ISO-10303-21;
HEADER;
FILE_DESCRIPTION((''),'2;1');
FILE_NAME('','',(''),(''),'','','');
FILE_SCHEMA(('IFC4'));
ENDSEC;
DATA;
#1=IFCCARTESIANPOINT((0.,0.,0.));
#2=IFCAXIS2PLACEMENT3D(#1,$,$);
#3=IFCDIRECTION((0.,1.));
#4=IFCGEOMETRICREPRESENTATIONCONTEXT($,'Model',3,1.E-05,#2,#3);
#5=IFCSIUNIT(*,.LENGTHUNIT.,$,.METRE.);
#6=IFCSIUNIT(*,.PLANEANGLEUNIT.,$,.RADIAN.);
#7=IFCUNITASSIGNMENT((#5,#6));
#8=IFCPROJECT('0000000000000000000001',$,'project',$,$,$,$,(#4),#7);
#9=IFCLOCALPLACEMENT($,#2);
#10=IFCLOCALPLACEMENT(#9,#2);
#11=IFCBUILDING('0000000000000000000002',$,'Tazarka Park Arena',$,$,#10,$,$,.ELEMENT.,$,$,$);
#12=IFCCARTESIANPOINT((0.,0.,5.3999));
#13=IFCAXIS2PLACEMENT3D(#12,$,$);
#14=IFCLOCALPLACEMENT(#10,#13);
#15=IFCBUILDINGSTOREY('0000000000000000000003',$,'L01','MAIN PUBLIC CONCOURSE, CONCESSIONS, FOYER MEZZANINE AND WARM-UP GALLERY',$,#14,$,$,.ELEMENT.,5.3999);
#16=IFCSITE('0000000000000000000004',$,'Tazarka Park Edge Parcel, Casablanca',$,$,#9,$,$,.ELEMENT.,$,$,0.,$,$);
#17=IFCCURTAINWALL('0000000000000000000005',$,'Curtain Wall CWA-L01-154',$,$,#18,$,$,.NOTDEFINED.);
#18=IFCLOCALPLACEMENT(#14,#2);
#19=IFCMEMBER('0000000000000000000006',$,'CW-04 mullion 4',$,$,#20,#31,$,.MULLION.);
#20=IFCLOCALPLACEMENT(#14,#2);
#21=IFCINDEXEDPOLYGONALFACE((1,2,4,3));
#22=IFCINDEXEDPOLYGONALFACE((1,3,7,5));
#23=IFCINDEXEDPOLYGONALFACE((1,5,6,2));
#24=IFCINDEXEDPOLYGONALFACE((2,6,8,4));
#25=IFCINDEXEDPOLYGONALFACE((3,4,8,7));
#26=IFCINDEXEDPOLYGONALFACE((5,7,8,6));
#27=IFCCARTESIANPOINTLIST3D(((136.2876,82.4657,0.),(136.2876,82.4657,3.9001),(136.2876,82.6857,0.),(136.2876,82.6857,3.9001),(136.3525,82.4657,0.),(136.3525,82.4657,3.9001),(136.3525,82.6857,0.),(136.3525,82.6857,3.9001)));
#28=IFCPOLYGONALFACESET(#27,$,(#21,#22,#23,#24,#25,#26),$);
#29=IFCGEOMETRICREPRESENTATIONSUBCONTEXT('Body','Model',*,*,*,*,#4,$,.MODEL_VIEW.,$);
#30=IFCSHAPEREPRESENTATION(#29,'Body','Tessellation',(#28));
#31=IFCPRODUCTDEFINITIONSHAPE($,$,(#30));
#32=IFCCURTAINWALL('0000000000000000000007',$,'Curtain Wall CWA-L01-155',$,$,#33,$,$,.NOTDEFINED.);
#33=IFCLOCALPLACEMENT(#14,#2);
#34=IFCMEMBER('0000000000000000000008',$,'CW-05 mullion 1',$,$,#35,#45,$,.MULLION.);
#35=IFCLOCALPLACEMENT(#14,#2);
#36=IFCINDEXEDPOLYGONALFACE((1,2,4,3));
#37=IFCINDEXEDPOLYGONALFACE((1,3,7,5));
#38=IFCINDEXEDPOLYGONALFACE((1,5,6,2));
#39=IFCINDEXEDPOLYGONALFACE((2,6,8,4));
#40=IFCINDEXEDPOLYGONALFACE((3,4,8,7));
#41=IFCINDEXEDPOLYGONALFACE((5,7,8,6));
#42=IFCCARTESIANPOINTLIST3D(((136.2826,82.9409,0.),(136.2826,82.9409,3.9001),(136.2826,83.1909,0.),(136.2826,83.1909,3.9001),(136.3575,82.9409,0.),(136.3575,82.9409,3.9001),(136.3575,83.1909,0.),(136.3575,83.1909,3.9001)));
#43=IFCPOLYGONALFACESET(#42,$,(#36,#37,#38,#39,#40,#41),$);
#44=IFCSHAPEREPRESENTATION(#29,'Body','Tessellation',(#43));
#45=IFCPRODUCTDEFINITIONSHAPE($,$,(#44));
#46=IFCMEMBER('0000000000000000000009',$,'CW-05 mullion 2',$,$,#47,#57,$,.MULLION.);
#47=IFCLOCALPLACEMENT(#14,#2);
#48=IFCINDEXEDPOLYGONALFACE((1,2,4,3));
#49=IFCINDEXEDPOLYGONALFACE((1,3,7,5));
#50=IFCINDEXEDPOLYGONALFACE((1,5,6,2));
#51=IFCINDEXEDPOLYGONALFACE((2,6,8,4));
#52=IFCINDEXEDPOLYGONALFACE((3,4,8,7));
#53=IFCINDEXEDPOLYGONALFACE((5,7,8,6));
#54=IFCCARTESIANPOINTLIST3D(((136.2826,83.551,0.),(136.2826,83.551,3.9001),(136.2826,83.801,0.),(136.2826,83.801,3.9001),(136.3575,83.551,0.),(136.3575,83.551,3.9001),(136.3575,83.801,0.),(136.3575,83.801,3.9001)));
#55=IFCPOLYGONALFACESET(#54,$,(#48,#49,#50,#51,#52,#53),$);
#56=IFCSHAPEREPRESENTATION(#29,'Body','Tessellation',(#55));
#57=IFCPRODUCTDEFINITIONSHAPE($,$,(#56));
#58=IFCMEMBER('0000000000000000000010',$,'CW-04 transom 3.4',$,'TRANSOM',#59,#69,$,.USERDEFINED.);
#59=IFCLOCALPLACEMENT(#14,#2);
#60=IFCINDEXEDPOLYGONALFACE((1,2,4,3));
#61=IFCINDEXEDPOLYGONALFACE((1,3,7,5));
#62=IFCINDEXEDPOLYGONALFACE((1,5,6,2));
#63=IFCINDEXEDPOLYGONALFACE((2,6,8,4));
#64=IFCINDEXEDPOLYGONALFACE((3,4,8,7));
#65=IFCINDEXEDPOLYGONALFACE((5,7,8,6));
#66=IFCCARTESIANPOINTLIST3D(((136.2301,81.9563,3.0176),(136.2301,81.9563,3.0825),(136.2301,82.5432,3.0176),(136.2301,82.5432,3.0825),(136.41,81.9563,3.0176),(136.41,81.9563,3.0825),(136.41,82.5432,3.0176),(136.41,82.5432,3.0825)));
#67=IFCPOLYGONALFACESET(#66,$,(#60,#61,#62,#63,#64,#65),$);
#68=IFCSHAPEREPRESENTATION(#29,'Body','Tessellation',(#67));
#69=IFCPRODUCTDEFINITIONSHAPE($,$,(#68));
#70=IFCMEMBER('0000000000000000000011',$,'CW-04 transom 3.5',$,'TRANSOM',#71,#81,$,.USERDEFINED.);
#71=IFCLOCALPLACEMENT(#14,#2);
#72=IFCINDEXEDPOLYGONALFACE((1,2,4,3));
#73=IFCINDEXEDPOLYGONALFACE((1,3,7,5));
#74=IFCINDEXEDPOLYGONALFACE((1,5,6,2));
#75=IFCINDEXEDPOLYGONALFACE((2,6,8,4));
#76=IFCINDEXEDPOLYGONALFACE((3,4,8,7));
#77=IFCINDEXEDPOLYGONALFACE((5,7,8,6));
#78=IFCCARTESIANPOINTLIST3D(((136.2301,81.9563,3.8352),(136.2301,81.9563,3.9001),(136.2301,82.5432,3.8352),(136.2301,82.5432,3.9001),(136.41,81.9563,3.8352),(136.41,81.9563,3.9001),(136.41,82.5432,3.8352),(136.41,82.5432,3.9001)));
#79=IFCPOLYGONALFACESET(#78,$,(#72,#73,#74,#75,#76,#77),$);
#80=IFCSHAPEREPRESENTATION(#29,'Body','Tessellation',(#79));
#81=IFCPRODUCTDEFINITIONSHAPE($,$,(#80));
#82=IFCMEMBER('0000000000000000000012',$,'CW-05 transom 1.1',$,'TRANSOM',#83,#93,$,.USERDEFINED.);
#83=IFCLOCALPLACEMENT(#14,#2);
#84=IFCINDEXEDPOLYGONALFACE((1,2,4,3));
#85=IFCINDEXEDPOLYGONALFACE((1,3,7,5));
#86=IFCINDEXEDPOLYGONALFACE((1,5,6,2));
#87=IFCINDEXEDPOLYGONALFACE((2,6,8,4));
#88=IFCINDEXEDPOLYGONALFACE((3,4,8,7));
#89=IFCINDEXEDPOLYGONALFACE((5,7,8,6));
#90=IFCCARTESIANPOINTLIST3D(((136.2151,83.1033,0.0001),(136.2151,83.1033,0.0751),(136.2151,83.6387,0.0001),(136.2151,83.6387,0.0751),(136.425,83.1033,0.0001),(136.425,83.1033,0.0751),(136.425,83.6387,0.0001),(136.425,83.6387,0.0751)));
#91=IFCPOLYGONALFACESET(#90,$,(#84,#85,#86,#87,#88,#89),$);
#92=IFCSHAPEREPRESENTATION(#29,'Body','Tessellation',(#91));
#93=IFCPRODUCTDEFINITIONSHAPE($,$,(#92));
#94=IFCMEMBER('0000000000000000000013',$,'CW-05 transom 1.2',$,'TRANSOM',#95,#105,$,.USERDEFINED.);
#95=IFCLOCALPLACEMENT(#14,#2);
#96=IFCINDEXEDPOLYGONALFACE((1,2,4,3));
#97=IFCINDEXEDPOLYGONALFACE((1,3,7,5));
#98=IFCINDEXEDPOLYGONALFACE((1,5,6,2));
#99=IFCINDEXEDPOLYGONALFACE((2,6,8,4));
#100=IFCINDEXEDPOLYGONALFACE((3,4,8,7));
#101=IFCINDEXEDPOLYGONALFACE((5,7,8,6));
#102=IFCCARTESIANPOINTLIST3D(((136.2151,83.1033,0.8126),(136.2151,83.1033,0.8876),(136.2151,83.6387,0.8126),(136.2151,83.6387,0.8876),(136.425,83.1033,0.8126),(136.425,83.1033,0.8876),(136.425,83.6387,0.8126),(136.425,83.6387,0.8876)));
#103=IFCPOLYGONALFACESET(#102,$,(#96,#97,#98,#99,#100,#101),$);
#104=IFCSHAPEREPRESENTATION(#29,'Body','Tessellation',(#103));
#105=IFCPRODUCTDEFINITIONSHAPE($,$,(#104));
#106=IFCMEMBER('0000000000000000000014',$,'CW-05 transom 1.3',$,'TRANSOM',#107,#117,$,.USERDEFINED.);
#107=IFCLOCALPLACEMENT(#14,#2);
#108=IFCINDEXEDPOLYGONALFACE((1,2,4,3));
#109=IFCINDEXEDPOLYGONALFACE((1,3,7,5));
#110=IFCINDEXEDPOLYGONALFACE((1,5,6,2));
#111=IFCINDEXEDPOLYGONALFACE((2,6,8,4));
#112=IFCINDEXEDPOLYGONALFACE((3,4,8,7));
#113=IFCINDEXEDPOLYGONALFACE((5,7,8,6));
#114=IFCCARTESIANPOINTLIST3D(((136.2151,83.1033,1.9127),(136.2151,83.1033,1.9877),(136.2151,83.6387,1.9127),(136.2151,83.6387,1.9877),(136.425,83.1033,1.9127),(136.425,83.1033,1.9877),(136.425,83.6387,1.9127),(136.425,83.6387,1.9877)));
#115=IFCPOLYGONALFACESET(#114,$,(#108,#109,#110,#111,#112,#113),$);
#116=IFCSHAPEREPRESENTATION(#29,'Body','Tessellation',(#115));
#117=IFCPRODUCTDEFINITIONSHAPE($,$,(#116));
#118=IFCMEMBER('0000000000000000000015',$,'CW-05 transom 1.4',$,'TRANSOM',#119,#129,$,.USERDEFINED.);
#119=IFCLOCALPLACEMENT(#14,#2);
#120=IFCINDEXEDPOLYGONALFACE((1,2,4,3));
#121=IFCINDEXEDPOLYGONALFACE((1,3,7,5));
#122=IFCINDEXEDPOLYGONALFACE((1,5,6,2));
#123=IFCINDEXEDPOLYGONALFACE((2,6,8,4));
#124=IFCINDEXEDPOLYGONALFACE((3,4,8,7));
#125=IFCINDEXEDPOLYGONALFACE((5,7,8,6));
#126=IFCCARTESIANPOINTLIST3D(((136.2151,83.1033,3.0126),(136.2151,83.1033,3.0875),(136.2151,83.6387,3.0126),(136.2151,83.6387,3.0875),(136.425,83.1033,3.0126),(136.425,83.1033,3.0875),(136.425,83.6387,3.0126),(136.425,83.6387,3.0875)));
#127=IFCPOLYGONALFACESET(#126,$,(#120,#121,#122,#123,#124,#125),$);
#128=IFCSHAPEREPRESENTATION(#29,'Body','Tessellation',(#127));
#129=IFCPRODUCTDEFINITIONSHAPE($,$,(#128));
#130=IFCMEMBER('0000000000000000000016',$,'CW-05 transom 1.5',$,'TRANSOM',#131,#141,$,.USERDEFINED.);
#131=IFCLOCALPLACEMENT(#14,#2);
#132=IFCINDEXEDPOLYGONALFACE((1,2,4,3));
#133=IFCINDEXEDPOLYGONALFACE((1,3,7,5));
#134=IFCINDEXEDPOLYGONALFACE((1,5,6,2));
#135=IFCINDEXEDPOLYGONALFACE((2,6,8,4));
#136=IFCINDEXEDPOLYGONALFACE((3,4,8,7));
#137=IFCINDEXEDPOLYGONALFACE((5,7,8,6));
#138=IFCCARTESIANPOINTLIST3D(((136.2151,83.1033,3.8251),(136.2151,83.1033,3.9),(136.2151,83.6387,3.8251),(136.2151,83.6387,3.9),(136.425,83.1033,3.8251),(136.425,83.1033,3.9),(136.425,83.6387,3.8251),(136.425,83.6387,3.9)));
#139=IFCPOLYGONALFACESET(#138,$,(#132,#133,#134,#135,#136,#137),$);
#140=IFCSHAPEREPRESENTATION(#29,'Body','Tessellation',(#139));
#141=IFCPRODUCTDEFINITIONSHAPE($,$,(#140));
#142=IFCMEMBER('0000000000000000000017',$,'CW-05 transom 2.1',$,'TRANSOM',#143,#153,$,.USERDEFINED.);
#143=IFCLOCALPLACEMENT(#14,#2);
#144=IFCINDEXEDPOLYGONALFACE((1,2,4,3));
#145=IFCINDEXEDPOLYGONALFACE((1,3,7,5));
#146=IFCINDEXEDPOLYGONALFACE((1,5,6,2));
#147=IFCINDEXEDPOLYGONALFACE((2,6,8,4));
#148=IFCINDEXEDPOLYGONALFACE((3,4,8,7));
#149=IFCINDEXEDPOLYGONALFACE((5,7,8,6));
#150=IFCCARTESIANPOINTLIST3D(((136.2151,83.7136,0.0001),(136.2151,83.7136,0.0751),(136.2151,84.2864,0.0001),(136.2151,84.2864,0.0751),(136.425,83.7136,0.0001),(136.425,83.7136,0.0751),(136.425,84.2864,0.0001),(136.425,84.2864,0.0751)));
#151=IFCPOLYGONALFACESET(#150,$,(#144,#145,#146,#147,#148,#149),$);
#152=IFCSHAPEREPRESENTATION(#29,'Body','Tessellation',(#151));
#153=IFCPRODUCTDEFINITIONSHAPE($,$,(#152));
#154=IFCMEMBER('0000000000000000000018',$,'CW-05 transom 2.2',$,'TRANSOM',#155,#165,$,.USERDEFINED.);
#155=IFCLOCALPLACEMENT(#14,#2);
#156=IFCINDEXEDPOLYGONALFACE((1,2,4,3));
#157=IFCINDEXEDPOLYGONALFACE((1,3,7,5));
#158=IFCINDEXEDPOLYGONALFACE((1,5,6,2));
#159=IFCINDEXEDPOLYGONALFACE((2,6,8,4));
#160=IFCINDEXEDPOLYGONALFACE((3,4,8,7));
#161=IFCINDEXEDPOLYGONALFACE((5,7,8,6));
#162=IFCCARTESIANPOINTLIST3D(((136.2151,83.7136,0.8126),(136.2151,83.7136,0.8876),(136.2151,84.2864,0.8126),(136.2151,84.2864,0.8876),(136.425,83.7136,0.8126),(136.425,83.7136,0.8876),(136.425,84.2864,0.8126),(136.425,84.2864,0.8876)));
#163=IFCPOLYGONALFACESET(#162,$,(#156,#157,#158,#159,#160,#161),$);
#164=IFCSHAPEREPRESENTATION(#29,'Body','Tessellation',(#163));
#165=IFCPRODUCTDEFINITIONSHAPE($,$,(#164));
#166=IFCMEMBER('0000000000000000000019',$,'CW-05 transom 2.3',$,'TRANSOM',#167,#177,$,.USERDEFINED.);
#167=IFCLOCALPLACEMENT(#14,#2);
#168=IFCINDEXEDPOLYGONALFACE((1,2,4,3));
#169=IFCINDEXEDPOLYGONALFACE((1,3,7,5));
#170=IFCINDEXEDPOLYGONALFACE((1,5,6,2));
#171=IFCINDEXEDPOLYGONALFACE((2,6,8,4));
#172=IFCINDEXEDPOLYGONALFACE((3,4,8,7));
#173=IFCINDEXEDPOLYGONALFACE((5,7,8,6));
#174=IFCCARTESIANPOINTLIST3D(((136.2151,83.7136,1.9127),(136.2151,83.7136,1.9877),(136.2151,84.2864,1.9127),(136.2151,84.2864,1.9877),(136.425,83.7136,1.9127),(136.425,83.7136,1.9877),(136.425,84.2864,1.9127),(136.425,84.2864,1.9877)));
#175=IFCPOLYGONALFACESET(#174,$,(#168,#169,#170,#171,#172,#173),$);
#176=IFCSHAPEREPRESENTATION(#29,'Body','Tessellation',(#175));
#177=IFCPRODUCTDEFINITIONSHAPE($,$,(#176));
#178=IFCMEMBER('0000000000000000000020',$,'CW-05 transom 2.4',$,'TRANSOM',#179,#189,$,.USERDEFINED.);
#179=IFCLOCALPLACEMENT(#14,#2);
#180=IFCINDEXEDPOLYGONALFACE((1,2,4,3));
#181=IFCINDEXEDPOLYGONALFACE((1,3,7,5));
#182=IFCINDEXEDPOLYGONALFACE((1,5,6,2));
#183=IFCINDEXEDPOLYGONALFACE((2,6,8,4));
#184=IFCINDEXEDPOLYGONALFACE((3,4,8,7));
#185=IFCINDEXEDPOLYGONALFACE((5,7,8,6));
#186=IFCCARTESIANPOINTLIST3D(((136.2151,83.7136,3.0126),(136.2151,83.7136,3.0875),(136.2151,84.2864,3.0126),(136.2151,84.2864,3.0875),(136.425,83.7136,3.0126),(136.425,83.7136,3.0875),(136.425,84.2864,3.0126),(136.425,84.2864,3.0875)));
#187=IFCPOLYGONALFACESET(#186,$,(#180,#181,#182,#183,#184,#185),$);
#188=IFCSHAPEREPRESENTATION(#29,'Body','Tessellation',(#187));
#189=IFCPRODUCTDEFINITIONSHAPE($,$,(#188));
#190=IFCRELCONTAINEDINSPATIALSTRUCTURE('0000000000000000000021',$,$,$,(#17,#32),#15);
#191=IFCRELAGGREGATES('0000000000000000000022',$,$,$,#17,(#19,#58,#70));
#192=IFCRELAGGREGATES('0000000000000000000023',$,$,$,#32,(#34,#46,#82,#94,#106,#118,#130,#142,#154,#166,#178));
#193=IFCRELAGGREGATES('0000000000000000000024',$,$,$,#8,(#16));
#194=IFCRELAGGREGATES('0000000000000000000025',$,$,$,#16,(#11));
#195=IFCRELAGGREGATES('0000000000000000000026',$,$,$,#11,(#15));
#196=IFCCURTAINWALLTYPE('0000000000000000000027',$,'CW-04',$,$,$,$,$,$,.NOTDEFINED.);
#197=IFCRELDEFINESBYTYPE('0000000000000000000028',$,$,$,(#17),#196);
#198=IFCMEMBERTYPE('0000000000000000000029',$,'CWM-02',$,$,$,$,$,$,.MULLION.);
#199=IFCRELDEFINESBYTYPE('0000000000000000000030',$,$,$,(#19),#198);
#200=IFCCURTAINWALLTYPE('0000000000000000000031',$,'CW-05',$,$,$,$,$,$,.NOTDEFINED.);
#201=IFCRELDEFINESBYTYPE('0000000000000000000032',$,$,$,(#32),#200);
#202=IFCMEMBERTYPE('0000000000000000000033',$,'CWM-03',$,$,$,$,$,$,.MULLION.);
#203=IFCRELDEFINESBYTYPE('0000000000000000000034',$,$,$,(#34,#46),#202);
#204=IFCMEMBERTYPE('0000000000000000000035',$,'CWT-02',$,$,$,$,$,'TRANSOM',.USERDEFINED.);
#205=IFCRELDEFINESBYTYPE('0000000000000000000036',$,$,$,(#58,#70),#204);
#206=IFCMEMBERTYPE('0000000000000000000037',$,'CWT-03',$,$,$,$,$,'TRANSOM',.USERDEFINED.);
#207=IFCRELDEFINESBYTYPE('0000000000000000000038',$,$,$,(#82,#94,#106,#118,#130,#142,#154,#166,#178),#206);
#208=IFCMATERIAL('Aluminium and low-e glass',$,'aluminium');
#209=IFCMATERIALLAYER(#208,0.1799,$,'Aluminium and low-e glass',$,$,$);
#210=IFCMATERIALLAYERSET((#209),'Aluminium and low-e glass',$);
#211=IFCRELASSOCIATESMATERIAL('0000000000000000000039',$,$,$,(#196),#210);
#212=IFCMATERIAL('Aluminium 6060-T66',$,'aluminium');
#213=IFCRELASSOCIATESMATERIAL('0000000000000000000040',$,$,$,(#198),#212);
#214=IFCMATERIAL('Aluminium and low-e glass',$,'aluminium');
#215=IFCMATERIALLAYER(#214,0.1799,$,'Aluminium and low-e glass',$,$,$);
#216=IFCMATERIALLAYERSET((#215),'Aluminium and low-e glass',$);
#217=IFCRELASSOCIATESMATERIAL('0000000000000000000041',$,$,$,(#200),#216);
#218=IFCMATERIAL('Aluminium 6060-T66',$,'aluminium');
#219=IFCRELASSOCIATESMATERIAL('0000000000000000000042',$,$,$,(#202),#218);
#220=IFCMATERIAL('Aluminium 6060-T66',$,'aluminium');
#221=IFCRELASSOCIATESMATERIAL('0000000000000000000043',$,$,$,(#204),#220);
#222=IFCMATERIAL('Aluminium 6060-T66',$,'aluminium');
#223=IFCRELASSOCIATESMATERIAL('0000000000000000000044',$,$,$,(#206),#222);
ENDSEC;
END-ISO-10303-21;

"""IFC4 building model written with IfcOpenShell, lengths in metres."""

from ifc_helpers import new_model, si_unit, direction, frame, origin, origin_2d, place, context, subcontext, project, spatial, rectangle, extrude, material, layer, layer_set, material_profile, profile_set, type_object, element, aggregate, save


model = new_model("IFC4")

# Units and contexts
model_context = context("Model", 3, precision=1e-05, world=origin(), true_north=direction((0.0, 1.0)))
body_context = subcontext(model_context, "Body", "Model", "MODEL_VIEW")
ifc_project = project(units=[si_unit("LENGTHUNIT", "METRE"), si_unit("PLANEANGLEUNIT", "RADIAN")], contexts=[model_context])

# Site, building, storey
site_placement = place(None, origin())
site = spatial("IfcSite", under=ifc_project, at=site_placement, Name="Tazarka Park Edge Parcel, Casablanca", CompositionType="ELEMENT", RefElevation=0.0)
building_placement = place(site_placement, origin())
building = spatial("IfcBuilding", under=site, at=building_placement, Name="Tazarka Park Arena", CompositionType="ELEMENT")
storey_placement = place(building_placement, frame((0.0, 0.0, 5.3999)))
storey = spatial("IfcBuildingStorey", under=building, at=storey_placement, Name="L01", Description="MAIN PUBLIC CONCOURSE, CONCESSIONS, FOYER MEZZANINE AND WARM-UP GALLERY", CompositionType="ELEMENT", Elevation=5.3999)

# Curtain wall, member
ifc_material_1 = material(Name="Aluminium and low-e glass", Category="aluminium")
ifc_layer_1 = layer(ifc_material_1, 0.1799, Name="Aluminium and low-e glass")
ifc_layer_set_1 = layer_set([ifc_layer_1], Name="Aluminium and low-e glass")
curtain_wall_type_1 = type_object("IfcCurtainWallType", Name="CW-04", PredefinedType="NOTDEFINED", material=ifc_layer_set_1)
curtain_wall_1_placement = place(storey_placement, origin())
curtain_wall_1 = element("IfcCurtainWall", 1, at=curtain_wall_1_placement, inside=storey, type_object=curtain_wall_type_1, Name="Curtain Wall CWA-L01-154", PredefinedType="NOTDEFINED")
ifc_material_2 = material(Name="Aluminium 6060-T66", Category="aluminium")
ifc_material_profile_1 = material_profile(ifc_material_2, rectangle(XDim=0.0649, YDim=0.22, at=origin_2d()), Name="Aluminium 6060-T66")
ifc_profile_set_1 = profile_set([ifc_material_profile_1], Name="Aluminium 6060-T66")
member_type_1 = type_object("IfcMemberType", Name="CWM-02", PredefinedType="MULLION", material=ifc_profile_set_1)
member_1_placement = place(storey_placement, frame((136.3201, 82.5757, 0.0), z_axis=(0.0, 0.0, 1.0), x_axis=(-1.0, 0.0, 0.0)))
member_1 = element("IfcMember", 2, at=member_1_placement, type_object=member_type_1, Name="CW-04 mullion 4", PredefinedType="MULLION", context=body_context, shape_type="SweptSolid", body=[
    extrude(rectangle(XDim=0.0649, YDim=0.22, at=origin_2d()), origin(), (0.0, 0.0, 1.0), 3.9001),
])

# Curtain wall, members
ifc_material_3 = material(Name="Aluminium and low-e glass", Category="aluminium")
ifc_layer_2 = layer(ifc_material_3, 0.1799, Name="Aluminium and low-e glass")
ifc_layer_set_2 = layer_set([ifc_layer_2], Name="Aluminium and low-e glass")
curtain_wall_type_2 = type_object("IfcCurtainWallType", Name="CW-05", PredefinedType="NOTDEFINED", material=ifc_layer_set_2)
curtain_wall_2_placement = place(storey_placement, origin())
curtain_wall_2 = element("IfcCurtainWall", 3, at=curtain_wall_2_placement, inside=storey, type_object=curtain_wall_type_2, Name="Curtain Wall CWA-L01-155", PredefinedType="NOTDEFINED")
ifc_material_4 = material(Name="Aluminium 6060-T66", Category="aluminium")
ifc_material_profile_2 = material_profile(ifc_material_4, rectangle(XDim=0.075, YDim=0.25, at=origin_2d()), Name="Aluminium 6060-T66")
ifc_profile_set_2 = profile_set([ifc_material_profile_2], Name="Aluminium 6060-T66")
member_type_2 = type_object("IfcMemberType", Name="CWM-03", PredefinedType="MULLION", material=ifc_profile_set_2)
member_2_placement = place(storey_placement, frame((136.3201, 83.0659, 0.0), z_axis=(0.0, 0.0, 1.0), x_axis=(-1.0, 0.0, 0.0)))
member_2 = element("IfcMember", 4, at=member_2_placement, type_object=member_type_2, Name="CW-05 mullion 1", PredefinedType="MULLION", context=body_context, shape_type="SweptSolid", body=[
    extrude(rectangle(XDim=0.075, YDim=0.25, at=origin_2d()), origin(), (0.0, 0.0, 1.0), 3.9001),
])
member_3_placement = place(storey_placement, frame((136.3201, 83.676, 0.0), z_axis=(0.0, 0.0, 1.0), x_axis=(-1.0, 0.0, 0.0)))
member_3 = element("IfcMember", 5, at=member_3_placement, type_object=member_type_2, Name="CW-05 mullion 2", PredefinedType="MULLION", context=body_context, shape_type="SweptSolid", body=[
    extrude(rectangle(XDim=0.075, YDim=0.25, at=origin_2d()), origin(), (0.0, 0.0, 1.0), 3.9001),
])

# Members
ifc_material_5 = material(Name="Aluminium 6060-T66", Category="aluminium")
ifc_material_profile_3 = material_profile(ifc_material_5, rectangle(XDim=0.1799, YDim=0.0649, at=origin_2d()), Name="Aluminium 6060-T66")
ifc_profile_set_3 = profile_set([ifc_material_profile_3], Name="Aluminium 6060-T66")
member_type_3 = type_object("IfcMemberType", Name="CWT-02", ElementType="TRANSOM", PredefinedType="USERDEFINED", material=ifc_profile_set_3)
member_4_placement = place(storey_placement, frame((136.3201, 81.9563, 3.05), z_axis=(0.0, 1.0, 0.0), x_axis=(-1.0, 0.0, 0.0)))
member_4 = element("IfcMember", 6, at=member_4_placement, type_object=member_type_3, Name="CW-04 transom 3.4", ObjectType="TRANSOM", PredefinedType="USERDEFINED", context=body_context, shape_type="SweptSolid", body=[
    extrude(rectangle(XDim=0.1799, YDim=0.0649, at=origin_2d()), origin(), (0.0, 0.0, 1.0), 0.5869),
])
member_5_placement = place(storey_placement, frame((136.3201, 81.9563, 3.8677), z_axis=(0.0, 1.0, 0.0), x_axis=(-1.0, 0.0, 0.0)))
member_5 = element("IfcMember", 7, at=member_5_placement, type_object=member_type_3, Name="CW-04 transom 3.5", ObjectType="TRANSOM", PredefinedType="USERDEFINED", context=body_context, shape_type="SweptSolid", body=[
    extrude(rectangle(XDim=0.1799, YDim=0.0649, at=origin_2d()), origin(), (0.0, 0.0, 1.0), 0.5869),
])
ifc_material_6 = material(Name="Aluminium 6060-T66", Category="aluminium")
ifc_material_profile_4 = material_profile(ifc_material_6, rectangle(XDim=0.21, YDim=0.075, at=origin_2d()), Name="Aluminium 6060-T66")
ifc_profile_set_4 = profile_set([ifc_material_profile_4], Name="Aluminium 6060-T66")
member_type_4 = type_object("IfcMemberType", Name="CWT-03", ElementType="TRANSOM", PredefinedType="USERDEFINED", material=ifc_profile_set_4)
member_6_placement = place(storey_placement, frame((136.3201, 83.1033, 0.0376), z_axis=(0.0, 1.0, 0.0), x_axis=(-1.0, 0.0, 0.0)))
member_6 = element("IfcMember", 8, at=member_6_placement, type_object=member_type_4, Name="CW-05 transom 1.1", ObjectType="TRANSOM", PredefinedType="USERDEFINED", context=body_context, shape_type="SweptSolid", body=[
    extrude(rectangle(XDim=0.21, YDim=0.075, at=origin_2d()), origin(), (0.0, 0.0, 1.0), 0.5354),
])
member_7_placement = place(storey_placement, frame((136.3201, 83.1033, 0.8501), z_axis=(0.0, 1.0, 0.0), x_axis=(-1.0, 0.0, 0.0)))
member_7 = element("IfcMember", 9, at=member_7_placement, type_object=member_type_4, Name="CW-05 transom 1.2", ObjectType="TRANSOM", PredefinedType="USERDEFINED", context=body_context, shape_type="SweptSolid", body=[
    extrude(rectangle(XDim=0.21, YDim=0.075, at=origin_2d()), origin(), (0.0, 0.0, 1.0), 0.5354),
])
member_8_placement = place(storey_placement, frame((136.3201, 83.1033, 1.9502), z_axis=(0.0, 1.0, 0.0), x_axis=(-1.0, 0.0, 0.0)))
member_8 = element("IfcMember", 10, at=member_8_placement, type_object=member_type_4, Name="CW-05 transom 1.3", ObjectType="TRANSOM", PredefinedType="USERDEFINED", context=body_context, shape_type="SweptSolid", body=[
    extrude(rectangle(XDim=0.21, YDim=0.075, at=origin_2d()), origin(), (0.0, 0.0, 1.0), 0.5354),
])
member_9_placement = place(storey_placement, frame((136.3201, 83.1033, 3.05), z_axis=(0.0, 1.0, 0.0), x_axis=(-1.0, 0.0, 0.0)))
member_9 = element("IfcMember", 11, at=member_9_placement, type_object=member_type_4, Name="CW-05 transom 1.4", ObjectType="TRANSOM", PredefinedType="USERDEFINED", context=body_context, shape_type="SweptSolid", body=[
    extrude(rectangle(XDim=0.21, YDim=0.075, at=origin_2d()), origin(), (0.0, 0.0, 1.0), 0.5354),
])
member_10_placement = place(storey_placement, frame((136.3201, 83.1033, 3.8625), z_axis=(0.0, 1.0, 0.0), x_axis=(-1.0, 0.0, 0.0)))
member_10 = element("IfcMember", 12, at=member_10_placement, type_object=member_type_4, Name="CW-05 transom 1.5", ObjectType="TRANSOM", PredefinedType="USERDEFINED", context=body_context, shape_type="SweptSolid", body=[
    extrude(rectangle(XDim=0.21, YDim=0.075, at=origin_2d()), origin(), (0.0, 0.0, 1.0), 0.5354),
])
member_11_placement = place(storey_placement, frame((136.3201, 83.7136, 0.0376), z_axis=(0.0, 1.0, 0.0), x_axis=(-1.0, 0.0, 0.0)))
member_11 = element("IfcMember", 13, at=member_11_placement, type_object=member_type_4, Name="CW-05 transom 2.1", ObjectType="TRANSOM", PredefinedType="USERDEFINED", context=body_context, shape_type="SweptSolid", body=[
    extrude(rectangle(XDim=0.21, YDim=0.075, at=origin_2d()), origin(), (0.0, 0.0, 1.0), 0.5728),
])
member_12_placement = place(storey_placement, frame((136.3201, 83.7136, 0.8501), z_axis=(0.0, 1.0, 0.0), x_axis=(-1.0, 0.0, 0.0)))
member_12 = element("IfcMember", 14, at=member_12_placement, type_object=member_type_4, Name="CW-05 transom 2.2", ObjectType="TRANSOM", PredefinedType="USERDEFINED", context=body_context, shape_type="SweptSolid", body=[
    extrude(rectangle(XDim=0.21, YDim=0.075, at=origin_2d()), origin(), (0.0, 0.0, 1.0), 0.5728),
])
member_13_placement = place(storey_placement, frame((136.3201, 83.7136, 1.9502), z_axis=(0.0, 1.0, 0.0), x_axis=(-1.0, 0.0, 0.0)))
member_13 = element("IfcMember", 15, at=member_13_placement, type_object=member_type_4, Name="CW-05 transom 2.3", ObjectType="TRANSOM", PredefinedType="USERDEFINED", context=body_context, shape_type="SweptSolid", body=[
    extrude(rectangle(XDim=0.21, YDim=0.075, at=origin_2d()), origin(), (0.0, 0.0, 1.0), 0.5728),
])
member_14_placement = place(storey_placement, frame((136.3201, 83.7136, 3.05), z_axis=(0.0, 1.0, 0.0), x_axis=(-1.0, 0.0, 0.0)))
member_14 = element("IfcMember", 16, at=member_14_placement, type_object=member_type_4, Name="CW-05 transom 2.4", ObjectType="TRANSOM", PredefinedType="USERDEFINED", context=body_context, shape_type="SweptSolid", body=[
    extrude(rectangle(XDim=0.21, YDim=0.075, at=origin_2d()), origin(), (0.0, 0.0, 1.0), 0.5728),
])

aggregate(curtain_wall_1, [member_1, member_4, member_5])
aggregate(curtain_wall_2, [member_2, member_3, member_6, member_7, member_8, member_9, member_10, member_11, member_12, member_13, member_14])

save(model, "model.ifc")
